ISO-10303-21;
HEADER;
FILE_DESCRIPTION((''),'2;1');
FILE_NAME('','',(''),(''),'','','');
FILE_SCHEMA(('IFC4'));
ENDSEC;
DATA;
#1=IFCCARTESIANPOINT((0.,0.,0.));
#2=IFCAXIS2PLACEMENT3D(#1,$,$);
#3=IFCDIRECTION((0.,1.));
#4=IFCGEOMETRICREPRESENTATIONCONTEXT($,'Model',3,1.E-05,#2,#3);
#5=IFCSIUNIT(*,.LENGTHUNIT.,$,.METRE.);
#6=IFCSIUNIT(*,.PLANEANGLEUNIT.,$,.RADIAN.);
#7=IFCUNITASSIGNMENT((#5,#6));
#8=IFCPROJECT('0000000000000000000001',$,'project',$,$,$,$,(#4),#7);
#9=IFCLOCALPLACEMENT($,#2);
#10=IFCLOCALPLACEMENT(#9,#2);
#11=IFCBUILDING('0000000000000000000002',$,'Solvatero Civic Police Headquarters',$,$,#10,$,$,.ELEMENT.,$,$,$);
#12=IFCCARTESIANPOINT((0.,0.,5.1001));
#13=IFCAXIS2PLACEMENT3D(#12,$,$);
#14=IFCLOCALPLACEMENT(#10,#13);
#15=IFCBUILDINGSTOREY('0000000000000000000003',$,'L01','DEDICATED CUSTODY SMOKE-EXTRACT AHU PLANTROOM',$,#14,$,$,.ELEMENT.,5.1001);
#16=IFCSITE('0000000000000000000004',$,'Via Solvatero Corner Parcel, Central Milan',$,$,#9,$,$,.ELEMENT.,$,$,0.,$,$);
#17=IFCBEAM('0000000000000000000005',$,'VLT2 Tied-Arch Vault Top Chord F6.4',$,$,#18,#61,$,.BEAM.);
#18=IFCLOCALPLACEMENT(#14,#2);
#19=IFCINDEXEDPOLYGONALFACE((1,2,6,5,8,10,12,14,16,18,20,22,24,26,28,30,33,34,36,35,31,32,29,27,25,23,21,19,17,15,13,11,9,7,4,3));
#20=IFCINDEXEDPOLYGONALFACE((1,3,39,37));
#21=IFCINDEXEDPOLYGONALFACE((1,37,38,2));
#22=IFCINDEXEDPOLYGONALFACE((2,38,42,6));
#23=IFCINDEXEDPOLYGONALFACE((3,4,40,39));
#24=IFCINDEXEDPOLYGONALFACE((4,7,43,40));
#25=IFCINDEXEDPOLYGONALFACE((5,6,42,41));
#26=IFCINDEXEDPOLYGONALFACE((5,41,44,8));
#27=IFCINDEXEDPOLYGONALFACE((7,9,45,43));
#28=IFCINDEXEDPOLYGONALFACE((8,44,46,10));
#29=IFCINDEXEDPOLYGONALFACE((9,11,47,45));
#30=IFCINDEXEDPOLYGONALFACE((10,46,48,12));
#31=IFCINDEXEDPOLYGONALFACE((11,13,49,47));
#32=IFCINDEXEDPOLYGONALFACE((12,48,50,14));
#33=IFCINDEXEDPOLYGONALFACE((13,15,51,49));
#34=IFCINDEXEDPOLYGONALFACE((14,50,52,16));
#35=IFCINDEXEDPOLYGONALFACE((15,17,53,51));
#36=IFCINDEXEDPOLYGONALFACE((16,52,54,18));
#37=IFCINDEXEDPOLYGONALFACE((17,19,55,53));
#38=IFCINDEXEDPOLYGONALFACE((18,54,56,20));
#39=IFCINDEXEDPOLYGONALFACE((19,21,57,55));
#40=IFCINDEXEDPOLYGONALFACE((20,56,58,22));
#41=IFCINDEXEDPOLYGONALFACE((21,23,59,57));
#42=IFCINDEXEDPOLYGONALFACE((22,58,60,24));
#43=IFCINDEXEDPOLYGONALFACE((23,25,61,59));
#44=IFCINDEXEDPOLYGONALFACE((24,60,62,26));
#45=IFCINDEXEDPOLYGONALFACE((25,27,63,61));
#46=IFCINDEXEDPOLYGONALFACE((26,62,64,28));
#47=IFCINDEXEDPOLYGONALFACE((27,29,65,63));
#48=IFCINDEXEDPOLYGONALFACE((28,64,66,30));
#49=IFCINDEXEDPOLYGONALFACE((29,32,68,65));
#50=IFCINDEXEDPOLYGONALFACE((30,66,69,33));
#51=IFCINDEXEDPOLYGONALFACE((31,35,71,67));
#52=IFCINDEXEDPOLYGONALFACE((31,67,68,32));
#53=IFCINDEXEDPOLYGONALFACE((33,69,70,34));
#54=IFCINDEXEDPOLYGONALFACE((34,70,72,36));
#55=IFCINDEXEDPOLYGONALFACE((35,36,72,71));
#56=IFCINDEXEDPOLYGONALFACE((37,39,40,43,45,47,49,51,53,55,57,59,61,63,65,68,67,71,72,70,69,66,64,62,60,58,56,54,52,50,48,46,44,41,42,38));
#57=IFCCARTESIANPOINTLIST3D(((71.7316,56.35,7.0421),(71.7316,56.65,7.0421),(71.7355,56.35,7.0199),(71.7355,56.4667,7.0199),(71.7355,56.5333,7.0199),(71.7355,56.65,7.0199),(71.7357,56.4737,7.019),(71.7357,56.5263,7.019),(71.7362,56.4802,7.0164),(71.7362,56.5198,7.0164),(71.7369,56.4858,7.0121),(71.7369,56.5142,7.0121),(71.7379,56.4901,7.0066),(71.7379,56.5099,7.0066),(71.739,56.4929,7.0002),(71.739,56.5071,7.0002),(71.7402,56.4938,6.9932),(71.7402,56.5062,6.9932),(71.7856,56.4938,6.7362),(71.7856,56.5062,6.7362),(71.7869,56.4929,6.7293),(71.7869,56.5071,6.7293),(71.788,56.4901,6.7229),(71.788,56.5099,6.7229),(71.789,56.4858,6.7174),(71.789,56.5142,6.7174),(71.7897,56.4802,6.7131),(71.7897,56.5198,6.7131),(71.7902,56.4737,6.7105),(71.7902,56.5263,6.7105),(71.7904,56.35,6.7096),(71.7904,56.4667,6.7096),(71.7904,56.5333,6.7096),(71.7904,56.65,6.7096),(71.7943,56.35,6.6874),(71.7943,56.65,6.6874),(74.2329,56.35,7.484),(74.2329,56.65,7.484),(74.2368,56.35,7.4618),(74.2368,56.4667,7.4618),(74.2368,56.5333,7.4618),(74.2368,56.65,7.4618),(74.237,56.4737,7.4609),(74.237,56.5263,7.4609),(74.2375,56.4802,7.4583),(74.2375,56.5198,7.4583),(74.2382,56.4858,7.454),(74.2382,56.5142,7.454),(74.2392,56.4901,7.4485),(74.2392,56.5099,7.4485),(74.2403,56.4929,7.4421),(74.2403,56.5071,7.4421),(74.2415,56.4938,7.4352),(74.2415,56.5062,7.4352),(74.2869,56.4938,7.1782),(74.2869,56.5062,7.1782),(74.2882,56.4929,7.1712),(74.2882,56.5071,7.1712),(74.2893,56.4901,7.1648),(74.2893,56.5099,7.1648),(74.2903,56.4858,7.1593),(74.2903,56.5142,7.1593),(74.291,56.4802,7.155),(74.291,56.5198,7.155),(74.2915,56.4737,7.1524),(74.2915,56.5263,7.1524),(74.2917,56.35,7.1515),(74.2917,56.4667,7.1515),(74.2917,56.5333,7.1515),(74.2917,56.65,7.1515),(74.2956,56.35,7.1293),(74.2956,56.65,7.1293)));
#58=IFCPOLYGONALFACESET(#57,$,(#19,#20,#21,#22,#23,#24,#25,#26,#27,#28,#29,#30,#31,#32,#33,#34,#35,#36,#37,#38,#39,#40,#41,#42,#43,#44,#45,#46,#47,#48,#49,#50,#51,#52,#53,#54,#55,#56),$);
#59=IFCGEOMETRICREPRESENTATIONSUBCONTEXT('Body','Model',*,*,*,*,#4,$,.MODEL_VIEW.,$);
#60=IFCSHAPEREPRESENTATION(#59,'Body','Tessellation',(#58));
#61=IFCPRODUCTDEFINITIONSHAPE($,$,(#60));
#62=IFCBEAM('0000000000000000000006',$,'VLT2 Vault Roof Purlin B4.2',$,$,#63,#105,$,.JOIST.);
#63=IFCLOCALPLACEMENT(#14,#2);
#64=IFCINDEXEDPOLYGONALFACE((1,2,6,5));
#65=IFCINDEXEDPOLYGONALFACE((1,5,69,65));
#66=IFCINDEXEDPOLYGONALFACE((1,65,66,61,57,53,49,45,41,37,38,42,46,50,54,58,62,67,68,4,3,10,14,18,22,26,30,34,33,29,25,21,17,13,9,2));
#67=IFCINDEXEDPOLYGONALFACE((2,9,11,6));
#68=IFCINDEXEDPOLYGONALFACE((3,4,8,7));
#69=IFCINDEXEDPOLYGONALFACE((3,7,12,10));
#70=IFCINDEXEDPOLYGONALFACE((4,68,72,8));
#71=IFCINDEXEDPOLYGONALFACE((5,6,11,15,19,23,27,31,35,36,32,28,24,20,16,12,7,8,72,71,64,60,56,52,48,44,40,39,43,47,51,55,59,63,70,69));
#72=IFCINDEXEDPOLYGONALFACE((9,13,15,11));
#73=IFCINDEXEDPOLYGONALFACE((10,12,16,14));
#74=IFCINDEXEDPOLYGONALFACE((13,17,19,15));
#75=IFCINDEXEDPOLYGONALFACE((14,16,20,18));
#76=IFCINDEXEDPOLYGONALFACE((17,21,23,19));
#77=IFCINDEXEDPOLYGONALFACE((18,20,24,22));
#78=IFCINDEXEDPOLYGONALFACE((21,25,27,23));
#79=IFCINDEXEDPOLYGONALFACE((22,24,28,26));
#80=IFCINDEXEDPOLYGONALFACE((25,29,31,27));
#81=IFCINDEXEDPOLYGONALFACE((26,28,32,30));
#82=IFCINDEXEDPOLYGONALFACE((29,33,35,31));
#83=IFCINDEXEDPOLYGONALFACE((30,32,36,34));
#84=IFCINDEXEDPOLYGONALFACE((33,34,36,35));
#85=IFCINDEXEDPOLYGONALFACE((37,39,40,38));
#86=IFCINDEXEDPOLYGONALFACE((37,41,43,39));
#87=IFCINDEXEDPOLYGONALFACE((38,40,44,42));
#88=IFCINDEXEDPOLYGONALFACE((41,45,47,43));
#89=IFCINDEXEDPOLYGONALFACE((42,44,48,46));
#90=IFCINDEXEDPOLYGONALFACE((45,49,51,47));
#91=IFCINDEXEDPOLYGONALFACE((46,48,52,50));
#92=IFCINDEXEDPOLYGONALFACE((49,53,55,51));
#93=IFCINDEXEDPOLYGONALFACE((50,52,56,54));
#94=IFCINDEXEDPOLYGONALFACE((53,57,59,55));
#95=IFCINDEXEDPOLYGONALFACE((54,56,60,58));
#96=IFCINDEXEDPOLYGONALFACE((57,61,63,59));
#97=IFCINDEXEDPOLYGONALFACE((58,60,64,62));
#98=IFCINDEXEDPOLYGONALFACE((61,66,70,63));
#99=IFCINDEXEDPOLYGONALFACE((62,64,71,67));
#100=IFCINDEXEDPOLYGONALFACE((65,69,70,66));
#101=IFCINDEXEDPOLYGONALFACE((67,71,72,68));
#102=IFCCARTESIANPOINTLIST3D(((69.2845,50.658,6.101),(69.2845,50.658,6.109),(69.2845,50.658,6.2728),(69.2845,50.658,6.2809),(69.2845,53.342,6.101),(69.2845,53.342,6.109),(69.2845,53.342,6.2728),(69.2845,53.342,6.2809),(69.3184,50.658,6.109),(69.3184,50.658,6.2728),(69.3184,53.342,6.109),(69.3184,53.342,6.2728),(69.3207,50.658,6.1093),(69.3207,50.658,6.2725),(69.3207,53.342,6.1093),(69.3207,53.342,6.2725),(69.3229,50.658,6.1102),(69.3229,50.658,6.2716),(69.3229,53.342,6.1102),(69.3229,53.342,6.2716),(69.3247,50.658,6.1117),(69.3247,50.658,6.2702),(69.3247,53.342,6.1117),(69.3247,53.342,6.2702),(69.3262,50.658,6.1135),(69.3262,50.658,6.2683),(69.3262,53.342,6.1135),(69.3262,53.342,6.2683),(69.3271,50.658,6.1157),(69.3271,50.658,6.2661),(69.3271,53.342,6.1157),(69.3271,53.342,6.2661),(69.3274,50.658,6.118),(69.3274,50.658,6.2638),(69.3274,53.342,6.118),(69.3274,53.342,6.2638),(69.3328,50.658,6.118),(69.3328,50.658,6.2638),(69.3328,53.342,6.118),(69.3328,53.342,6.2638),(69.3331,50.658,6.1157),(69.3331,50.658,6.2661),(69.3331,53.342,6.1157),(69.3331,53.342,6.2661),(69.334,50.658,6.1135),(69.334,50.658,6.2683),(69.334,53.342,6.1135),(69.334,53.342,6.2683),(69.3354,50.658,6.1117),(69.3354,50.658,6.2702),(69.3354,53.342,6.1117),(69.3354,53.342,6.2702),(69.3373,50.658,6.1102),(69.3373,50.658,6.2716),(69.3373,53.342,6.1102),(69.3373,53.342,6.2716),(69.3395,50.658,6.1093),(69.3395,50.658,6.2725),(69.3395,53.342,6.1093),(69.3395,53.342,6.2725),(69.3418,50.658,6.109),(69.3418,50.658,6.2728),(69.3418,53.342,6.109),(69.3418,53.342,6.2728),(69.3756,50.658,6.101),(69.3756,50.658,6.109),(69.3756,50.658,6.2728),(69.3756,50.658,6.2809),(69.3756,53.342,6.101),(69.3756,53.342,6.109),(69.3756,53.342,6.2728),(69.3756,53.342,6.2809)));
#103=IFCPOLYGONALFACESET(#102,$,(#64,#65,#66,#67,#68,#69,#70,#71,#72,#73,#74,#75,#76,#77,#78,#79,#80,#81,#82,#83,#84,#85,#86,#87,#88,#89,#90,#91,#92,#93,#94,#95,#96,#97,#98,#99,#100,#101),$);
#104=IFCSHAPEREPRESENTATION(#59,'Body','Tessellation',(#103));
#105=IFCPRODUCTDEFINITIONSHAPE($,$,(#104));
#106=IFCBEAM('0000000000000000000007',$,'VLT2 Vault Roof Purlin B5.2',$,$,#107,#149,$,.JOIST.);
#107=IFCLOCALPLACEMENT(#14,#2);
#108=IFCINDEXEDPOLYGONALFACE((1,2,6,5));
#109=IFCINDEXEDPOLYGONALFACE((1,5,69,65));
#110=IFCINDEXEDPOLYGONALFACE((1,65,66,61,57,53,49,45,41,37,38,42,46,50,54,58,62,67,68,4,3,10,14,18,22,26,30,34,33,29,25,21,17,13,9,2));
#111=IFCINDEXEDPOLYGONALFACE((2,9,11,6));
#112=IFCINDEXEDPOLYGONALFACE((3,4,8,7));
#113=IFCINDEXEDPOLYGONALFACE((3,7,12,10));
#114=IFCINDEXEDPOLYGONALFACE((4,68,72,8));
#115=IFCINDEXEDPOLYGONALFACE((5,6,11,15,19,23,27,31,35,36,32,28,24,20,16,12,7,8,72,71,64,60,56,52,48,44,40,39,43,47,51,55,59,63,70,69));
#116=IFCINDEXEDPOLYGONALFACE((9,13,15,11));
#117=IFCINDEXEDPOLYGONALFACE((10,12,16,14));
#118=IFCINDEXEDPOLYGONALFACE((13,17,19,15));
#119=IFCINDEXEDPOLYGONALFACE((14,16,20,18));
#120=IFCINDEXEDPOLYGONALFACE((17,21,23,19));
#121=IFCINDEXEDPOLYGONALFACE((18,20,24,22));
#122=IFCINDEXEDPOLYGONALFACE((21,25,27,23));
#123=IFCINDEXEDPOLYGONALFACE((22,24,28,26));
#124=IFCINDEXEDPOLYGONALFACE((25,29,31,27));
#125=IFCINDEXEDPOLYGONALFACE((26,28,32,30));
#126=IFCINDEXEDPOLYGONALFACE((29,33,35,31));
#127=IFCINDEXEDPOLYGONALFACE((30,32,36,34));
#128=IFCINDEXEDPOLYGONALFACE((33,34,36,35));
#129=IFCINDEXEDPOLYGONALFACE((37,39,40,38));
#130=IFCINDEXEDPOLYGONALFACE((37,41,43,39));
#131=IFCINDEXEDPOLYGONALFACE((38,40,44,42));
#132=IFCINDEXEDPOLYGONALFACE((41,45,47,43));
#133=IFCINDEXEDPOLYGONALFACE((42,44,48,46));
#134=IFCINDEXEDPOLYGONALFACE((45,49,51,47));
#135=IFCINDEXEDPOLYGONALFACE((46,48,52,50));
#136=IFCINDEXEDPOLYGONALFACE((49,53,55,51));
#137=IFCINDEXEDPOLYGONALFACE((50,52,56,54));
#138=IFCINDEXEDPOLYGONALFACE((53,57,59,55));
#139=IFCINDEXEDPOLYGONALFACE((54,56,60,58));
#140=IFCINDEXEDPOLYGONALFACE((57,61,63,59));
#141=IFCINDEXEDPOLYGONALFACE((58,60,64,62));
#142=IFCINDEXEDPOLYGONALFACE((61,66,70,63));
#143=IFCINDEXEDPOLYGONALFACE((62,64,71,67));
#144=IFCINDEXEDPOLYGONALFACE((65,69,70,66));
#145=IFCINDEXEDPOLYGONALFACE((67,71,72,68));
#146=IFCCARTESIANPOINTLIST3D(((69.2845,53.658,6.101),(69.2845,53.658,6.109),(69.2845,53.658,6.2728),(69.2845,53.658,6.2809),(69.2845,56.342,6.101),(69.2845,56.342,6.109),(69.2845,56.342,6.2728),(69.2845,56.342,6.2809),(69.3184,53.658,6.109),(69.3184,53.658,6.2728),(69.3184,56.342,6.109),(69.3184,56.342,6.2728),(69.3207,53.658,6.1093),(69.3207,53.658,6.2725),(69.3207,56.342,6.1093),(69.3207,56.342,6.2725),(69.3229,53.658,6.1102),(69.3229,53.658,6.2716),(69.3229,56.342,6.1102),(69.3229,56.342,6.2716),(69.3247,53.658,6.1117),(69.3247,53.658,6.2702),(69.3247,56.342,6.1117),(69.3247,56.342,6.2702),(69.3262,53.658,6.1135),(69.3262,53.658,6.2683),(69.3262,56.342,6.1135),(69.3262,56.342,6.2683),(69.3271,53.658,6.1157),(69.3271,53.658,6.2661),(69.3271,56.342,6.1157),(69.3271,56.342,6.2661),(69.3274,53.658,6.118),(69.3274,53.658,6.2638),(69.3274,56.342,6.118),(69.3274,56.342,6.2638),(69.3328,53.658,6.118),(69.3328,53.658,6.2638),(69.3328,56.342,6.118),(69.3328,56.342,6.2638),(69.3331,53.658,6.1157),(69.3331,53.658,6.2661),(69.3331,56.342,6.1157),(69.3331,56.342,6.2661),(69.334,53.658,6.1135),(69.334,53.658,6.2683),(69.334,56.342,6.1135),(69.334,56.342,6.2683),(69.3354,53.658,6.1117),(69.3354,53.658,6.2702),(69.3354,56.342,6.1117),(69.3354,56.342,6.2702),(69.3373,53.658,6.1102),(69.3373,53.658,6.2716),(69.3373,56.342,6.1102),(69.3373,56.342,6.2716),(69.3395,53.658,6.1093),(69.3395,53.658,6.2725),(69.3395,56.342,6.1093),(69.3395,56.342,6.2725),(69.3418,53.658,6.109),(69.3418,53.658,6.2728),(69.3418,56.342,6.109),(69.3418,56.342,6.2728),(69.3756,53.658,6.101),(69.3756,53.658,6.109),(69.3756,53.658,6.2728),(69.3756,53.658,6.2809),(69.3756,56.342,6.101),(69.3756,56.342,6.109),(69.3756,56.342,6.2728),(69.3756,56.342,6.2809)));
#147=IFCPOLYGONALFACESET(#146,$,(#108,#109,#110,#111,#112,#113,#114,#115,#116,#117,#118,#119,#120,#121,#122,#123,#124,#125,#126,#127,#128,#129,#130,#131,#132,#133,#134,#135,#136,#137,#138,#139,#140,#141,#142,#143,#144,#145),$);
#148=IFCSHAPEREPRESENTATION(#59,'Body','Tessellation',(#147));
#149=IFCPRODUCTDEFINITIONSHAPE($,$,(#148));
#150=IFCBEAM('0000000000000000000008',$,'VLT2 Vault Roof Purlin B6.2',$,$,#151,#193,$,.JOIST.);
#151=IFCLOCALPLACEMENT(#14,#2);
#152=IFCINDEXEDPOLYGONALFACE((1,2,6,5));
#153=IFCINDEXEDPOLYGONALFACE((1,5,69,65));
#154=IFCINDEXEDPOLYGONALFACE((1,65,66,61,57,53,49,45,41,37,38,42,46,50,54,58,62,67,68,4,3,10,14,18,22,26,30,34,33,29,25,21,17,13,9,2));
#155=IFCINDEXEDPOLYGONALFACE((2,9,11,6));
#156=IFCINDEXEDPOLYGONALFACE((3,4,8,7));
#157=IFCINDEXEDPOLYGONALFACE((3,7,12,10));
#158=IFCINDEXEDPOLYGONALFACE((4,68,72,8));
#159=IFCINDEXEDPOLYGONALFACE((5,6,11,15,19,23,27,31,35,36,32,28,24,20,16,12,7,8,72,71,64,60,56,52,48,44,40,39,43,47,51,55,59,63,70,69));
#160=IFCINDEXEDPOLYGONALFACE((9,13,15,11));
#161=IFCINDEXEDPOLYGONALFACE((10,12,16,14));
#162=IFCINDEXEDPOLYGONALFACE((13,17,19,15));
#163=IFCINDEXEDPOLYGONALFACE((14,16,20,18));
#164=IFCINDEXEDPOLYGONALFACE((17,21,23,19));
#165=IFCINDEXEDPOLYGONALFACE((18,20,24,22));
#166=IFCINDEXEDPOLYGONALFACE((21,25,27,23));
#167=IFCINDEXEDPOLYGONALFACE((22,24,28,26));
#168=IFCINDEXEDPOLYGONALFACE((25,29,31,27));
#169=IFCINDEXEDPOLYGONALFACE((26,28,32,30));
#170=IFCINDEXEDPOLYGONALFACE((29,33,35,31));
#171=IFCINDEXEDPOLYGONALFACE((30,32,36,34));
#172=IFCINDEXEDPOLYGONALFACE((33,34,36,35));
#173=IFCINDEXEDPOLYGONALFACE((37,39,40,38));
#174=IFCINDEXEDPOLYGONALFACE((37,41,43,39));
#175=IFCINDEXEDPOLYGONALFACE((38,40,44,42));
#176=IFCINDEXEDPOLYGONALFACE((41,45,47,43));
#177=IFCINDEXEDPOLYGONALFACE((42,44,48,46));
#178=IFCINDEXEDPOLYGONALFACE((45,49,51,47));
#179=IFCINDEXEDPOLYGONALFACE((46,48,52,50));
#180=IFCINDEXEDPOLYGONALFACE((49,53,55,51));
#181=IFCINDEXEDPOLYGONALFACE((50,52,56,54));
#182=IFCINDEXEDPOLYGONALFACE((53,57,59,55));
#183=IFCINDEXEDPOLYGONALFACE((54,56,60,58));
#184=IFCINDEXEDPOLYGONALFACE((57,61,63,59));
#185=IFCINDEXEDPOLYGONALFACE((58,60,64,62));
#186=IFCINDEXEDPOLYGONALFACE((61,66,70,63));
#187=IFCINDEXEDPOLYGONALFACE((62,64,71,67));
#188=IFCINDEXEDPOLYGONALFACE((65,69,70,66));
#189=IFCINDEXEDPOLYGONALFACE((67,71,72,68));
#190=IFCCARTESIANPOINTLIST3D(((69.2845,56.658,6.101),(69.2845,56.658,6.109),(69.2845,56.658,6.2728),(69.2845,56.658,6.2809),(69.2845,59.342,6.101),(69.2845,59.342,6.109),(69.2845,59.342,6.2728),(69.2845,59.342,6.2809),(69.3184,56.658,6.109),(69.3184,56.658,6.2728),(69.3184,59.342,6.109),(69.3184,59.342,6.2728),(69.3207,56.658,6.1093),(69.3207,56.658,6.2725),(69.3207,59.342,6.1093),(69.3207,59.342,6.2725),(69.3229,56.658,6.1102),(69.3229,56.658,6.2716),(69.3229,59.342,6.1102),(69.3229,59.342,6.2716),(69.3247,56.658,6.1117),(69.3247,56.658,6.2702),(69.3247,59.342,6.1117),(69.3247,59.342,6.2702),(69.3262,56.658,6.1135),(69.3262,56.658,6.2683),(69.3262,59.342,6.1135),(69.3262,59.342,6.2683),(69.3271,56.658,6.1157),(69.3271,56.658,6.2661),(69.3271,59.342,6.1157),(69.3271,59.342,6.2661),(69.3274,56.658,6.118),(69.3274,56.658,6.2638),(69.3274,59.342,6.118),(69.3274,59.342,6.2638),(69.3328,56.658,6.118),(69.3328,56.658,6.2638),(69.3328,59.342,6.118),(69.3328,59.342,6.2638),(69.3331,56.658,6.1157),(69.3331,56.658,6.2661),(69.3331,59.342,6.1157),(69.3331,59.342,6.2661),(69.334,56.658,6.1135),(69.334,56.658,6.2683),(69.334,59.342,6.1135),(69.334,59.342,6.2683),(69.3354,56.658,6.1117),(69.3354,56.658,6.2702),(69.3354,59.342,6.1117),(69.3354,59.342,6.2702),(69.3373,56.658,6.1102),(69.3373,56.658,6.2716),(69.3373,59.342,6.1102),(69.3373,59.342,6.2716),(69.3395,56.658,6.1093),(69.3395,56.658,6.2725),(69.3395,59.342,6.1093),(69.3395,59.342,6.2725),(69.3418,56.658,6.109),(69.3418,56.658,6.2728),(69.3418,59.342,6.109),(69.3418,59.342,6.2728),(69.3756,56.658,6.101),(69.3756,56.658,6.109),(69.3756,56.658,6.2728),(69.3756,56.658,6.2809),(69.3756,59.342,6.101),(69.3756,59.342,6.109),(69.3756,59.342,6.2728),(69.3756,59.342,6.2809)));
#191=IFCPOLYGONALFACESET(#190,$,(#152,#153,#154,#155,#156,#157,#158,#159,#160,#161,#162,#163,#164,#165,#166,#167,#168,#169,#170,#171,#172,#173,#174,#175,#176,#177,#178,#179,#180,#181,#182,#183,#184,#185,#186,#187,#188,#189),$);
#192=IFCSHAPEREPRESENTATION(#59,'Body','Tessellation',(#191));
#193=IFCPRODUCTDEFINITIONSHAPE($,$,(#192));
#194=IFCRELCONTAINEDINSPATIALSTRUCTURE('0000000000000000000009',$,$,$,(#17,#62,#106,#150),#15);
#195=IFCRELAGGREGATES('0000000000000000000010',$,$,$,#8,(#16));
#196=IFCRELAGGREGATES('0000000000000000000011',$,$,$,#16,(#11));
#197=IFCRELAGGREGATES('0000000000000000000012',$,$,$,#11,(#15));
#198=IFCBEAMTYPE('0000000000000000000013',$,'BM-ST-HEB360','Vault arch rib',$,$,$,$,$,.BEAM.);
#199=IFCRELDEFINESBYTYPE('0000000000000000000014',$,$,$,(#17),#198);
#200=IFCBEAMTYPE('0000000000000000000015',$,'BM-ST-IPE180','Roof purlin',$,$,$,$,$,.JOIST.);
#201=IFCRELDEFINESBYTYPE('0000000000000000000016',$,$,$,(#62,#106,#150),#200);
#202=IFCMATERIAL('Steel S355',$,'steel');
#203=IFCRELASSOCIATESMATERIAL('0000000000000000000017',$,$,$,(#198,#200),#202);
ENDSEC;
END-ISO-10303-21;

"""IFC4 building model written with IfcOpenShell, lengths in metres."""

from ifc_helpers import new_model, si_unit, direction, frame, origin, origin_2d, place, context, subcontext, project, spatial, i_section, extrude, material, material_profile, profile_set, type_object, element, save


model = new_model("IFC4")

# Units and contexts
model_context = context("Model", 3, precision=1e-05, world=origin(), true_north=direction((0.0, 1.0)))
body_context = subcontext(model_context, "Body", "Model", "MODEL_VIEW")
ifc_project = project(units=[si_unit("LENGTHUNIT", "METRE"), si_unit("PLANEANGLEUNIT", "RADIAN")], contexts=[model_context])

# Site, building, storey
site_placement = place(None, origin())
site = spatial("IfcSite", under=ifc_project, at=site_placement, Name="Via Solvatero Corner Parcel, Central Milan", CompositionType="ELEMENT", RefElevation=0.0)
building_placement = place(site_placement, origin())
building = spatial("IfcBuilding", under=site, at=building_placement, Name="Solvatero Civic Police Headquarters", CompositionType="ELEMENT")
storey_placement = place(building_placement, frame((0.0, 0.0, 5.1001)))
storey = spatial("IfcBuildingStorey", under=building, at=storey_placement, Name="L01", Description="DEDICATED CUSTODY SMOKE-EXTRACT AHU PLANTROOM", CompositionType="ELEMENT", Elevation=5.1001)

# Beams
ifc_material = material(Name="Steel S355", Category="steel")
ifc_material_profile_1 = material_profile(ifc_material, i_section(OverallWidth=0.3, OverallDepth=0.3601, WebThickness=0.0125, FlangeThickness=0.0225, FilletRadius=0.0271, at=origin_2d()), Name="HEB 360")
ifc_profile_set_1 = profile_set([ifc_material_profile_1], Name="Steel S355")
beam_type_1 = type_object("IfcBeamType", Name="BM-ST-HEB360", Description="Vault arch rib", PredefinedType="BEAM", material=ifc_profile_set_1)
for number, where, z_axis, x_axis, name in (
    (1, (71.7629, 56.5, 6.8647), (0.98475, 0.0, 0.173977), (0.0, 1.0, 0.0), "VLT2 Tied-Arch Vault Top Chord F6.4"),
):
    element("IfcBeam", number, at=place(storey_placement, frame(where, z_axis=z_axis, x_axis=x_axis)), inside=storey, type_object=beam_type_1, Name=name, PredefinedType="BEAM", context=body_context, shape_type="SweptSolid", body=[
        extrude(i_section(OverallWidth=0.3, OverallDepth=0.3601, WebThickness=0.0125, FlangeThickness=0.0225, FilletRadius=0.0271, at=origin_2d()), origin(), (0.0, 0.0, 1.0), 2.54),
    ])
ifc_material_profile_2 = material_profile(ifc_material, i_section(OverallWidth=0.0911, OverallDepth=0.1799, WebThickness=0.0054, FlangeThickness=0.0081, FilletRadius=0.009, at=origin_2d()), Name="IPE 180")
ifc_profile_set_2 = profile_set([ifc_material_profile_2], Name="Steel S355")
beam_type_2 = type_object("IfcBeamType", Name="BM-ST-IPE180", Description="Roof purlin", PredefinedType="JOIST", material=ifc_profile_set_2)
for number, where, z_axis, x_axis, name in (
    (2, (69.3301, 50.658, 6.1909), (0.0, 1.0, 0.0), (-1.0, 0.0, 0.0), "VLT2 Vault Roof Purlin B4.2"),
    (3, (69.3301, 53.658, 6.1909), (0.0, 1.0, 0.0), (-1.0, 0.0, 0.0), "VLT2 Vault Roof Purlin B5.2"),
    (4, (69.3301, 56.658, 6.1909), (0.0, 1.0, 0.0), (-1.0, 0.0, 0.0), "VLT2 Vault Roof Purlin B6.2"),
):
    element("IfcBeam", number, at=place(storey_placement, frame(where, z_axis=z_axis, x_axis=x_axis)), inside=storey, type_object=beam_type_2, Name=name, PredefinedType="JOIST", context=body_context, shape_type="SweptSolid", body=[
        extrude(i_section(OverallWidth=0.0911, OverallDepth=0.1799, WebThickness=0.0054, FlangeThickness=0.0081, FilletRadius=0.009, at=origin_2d()), origin(), (0.0, 0.0, 1.0), 2.6841),
    ])

save(model, "model.ifc")
